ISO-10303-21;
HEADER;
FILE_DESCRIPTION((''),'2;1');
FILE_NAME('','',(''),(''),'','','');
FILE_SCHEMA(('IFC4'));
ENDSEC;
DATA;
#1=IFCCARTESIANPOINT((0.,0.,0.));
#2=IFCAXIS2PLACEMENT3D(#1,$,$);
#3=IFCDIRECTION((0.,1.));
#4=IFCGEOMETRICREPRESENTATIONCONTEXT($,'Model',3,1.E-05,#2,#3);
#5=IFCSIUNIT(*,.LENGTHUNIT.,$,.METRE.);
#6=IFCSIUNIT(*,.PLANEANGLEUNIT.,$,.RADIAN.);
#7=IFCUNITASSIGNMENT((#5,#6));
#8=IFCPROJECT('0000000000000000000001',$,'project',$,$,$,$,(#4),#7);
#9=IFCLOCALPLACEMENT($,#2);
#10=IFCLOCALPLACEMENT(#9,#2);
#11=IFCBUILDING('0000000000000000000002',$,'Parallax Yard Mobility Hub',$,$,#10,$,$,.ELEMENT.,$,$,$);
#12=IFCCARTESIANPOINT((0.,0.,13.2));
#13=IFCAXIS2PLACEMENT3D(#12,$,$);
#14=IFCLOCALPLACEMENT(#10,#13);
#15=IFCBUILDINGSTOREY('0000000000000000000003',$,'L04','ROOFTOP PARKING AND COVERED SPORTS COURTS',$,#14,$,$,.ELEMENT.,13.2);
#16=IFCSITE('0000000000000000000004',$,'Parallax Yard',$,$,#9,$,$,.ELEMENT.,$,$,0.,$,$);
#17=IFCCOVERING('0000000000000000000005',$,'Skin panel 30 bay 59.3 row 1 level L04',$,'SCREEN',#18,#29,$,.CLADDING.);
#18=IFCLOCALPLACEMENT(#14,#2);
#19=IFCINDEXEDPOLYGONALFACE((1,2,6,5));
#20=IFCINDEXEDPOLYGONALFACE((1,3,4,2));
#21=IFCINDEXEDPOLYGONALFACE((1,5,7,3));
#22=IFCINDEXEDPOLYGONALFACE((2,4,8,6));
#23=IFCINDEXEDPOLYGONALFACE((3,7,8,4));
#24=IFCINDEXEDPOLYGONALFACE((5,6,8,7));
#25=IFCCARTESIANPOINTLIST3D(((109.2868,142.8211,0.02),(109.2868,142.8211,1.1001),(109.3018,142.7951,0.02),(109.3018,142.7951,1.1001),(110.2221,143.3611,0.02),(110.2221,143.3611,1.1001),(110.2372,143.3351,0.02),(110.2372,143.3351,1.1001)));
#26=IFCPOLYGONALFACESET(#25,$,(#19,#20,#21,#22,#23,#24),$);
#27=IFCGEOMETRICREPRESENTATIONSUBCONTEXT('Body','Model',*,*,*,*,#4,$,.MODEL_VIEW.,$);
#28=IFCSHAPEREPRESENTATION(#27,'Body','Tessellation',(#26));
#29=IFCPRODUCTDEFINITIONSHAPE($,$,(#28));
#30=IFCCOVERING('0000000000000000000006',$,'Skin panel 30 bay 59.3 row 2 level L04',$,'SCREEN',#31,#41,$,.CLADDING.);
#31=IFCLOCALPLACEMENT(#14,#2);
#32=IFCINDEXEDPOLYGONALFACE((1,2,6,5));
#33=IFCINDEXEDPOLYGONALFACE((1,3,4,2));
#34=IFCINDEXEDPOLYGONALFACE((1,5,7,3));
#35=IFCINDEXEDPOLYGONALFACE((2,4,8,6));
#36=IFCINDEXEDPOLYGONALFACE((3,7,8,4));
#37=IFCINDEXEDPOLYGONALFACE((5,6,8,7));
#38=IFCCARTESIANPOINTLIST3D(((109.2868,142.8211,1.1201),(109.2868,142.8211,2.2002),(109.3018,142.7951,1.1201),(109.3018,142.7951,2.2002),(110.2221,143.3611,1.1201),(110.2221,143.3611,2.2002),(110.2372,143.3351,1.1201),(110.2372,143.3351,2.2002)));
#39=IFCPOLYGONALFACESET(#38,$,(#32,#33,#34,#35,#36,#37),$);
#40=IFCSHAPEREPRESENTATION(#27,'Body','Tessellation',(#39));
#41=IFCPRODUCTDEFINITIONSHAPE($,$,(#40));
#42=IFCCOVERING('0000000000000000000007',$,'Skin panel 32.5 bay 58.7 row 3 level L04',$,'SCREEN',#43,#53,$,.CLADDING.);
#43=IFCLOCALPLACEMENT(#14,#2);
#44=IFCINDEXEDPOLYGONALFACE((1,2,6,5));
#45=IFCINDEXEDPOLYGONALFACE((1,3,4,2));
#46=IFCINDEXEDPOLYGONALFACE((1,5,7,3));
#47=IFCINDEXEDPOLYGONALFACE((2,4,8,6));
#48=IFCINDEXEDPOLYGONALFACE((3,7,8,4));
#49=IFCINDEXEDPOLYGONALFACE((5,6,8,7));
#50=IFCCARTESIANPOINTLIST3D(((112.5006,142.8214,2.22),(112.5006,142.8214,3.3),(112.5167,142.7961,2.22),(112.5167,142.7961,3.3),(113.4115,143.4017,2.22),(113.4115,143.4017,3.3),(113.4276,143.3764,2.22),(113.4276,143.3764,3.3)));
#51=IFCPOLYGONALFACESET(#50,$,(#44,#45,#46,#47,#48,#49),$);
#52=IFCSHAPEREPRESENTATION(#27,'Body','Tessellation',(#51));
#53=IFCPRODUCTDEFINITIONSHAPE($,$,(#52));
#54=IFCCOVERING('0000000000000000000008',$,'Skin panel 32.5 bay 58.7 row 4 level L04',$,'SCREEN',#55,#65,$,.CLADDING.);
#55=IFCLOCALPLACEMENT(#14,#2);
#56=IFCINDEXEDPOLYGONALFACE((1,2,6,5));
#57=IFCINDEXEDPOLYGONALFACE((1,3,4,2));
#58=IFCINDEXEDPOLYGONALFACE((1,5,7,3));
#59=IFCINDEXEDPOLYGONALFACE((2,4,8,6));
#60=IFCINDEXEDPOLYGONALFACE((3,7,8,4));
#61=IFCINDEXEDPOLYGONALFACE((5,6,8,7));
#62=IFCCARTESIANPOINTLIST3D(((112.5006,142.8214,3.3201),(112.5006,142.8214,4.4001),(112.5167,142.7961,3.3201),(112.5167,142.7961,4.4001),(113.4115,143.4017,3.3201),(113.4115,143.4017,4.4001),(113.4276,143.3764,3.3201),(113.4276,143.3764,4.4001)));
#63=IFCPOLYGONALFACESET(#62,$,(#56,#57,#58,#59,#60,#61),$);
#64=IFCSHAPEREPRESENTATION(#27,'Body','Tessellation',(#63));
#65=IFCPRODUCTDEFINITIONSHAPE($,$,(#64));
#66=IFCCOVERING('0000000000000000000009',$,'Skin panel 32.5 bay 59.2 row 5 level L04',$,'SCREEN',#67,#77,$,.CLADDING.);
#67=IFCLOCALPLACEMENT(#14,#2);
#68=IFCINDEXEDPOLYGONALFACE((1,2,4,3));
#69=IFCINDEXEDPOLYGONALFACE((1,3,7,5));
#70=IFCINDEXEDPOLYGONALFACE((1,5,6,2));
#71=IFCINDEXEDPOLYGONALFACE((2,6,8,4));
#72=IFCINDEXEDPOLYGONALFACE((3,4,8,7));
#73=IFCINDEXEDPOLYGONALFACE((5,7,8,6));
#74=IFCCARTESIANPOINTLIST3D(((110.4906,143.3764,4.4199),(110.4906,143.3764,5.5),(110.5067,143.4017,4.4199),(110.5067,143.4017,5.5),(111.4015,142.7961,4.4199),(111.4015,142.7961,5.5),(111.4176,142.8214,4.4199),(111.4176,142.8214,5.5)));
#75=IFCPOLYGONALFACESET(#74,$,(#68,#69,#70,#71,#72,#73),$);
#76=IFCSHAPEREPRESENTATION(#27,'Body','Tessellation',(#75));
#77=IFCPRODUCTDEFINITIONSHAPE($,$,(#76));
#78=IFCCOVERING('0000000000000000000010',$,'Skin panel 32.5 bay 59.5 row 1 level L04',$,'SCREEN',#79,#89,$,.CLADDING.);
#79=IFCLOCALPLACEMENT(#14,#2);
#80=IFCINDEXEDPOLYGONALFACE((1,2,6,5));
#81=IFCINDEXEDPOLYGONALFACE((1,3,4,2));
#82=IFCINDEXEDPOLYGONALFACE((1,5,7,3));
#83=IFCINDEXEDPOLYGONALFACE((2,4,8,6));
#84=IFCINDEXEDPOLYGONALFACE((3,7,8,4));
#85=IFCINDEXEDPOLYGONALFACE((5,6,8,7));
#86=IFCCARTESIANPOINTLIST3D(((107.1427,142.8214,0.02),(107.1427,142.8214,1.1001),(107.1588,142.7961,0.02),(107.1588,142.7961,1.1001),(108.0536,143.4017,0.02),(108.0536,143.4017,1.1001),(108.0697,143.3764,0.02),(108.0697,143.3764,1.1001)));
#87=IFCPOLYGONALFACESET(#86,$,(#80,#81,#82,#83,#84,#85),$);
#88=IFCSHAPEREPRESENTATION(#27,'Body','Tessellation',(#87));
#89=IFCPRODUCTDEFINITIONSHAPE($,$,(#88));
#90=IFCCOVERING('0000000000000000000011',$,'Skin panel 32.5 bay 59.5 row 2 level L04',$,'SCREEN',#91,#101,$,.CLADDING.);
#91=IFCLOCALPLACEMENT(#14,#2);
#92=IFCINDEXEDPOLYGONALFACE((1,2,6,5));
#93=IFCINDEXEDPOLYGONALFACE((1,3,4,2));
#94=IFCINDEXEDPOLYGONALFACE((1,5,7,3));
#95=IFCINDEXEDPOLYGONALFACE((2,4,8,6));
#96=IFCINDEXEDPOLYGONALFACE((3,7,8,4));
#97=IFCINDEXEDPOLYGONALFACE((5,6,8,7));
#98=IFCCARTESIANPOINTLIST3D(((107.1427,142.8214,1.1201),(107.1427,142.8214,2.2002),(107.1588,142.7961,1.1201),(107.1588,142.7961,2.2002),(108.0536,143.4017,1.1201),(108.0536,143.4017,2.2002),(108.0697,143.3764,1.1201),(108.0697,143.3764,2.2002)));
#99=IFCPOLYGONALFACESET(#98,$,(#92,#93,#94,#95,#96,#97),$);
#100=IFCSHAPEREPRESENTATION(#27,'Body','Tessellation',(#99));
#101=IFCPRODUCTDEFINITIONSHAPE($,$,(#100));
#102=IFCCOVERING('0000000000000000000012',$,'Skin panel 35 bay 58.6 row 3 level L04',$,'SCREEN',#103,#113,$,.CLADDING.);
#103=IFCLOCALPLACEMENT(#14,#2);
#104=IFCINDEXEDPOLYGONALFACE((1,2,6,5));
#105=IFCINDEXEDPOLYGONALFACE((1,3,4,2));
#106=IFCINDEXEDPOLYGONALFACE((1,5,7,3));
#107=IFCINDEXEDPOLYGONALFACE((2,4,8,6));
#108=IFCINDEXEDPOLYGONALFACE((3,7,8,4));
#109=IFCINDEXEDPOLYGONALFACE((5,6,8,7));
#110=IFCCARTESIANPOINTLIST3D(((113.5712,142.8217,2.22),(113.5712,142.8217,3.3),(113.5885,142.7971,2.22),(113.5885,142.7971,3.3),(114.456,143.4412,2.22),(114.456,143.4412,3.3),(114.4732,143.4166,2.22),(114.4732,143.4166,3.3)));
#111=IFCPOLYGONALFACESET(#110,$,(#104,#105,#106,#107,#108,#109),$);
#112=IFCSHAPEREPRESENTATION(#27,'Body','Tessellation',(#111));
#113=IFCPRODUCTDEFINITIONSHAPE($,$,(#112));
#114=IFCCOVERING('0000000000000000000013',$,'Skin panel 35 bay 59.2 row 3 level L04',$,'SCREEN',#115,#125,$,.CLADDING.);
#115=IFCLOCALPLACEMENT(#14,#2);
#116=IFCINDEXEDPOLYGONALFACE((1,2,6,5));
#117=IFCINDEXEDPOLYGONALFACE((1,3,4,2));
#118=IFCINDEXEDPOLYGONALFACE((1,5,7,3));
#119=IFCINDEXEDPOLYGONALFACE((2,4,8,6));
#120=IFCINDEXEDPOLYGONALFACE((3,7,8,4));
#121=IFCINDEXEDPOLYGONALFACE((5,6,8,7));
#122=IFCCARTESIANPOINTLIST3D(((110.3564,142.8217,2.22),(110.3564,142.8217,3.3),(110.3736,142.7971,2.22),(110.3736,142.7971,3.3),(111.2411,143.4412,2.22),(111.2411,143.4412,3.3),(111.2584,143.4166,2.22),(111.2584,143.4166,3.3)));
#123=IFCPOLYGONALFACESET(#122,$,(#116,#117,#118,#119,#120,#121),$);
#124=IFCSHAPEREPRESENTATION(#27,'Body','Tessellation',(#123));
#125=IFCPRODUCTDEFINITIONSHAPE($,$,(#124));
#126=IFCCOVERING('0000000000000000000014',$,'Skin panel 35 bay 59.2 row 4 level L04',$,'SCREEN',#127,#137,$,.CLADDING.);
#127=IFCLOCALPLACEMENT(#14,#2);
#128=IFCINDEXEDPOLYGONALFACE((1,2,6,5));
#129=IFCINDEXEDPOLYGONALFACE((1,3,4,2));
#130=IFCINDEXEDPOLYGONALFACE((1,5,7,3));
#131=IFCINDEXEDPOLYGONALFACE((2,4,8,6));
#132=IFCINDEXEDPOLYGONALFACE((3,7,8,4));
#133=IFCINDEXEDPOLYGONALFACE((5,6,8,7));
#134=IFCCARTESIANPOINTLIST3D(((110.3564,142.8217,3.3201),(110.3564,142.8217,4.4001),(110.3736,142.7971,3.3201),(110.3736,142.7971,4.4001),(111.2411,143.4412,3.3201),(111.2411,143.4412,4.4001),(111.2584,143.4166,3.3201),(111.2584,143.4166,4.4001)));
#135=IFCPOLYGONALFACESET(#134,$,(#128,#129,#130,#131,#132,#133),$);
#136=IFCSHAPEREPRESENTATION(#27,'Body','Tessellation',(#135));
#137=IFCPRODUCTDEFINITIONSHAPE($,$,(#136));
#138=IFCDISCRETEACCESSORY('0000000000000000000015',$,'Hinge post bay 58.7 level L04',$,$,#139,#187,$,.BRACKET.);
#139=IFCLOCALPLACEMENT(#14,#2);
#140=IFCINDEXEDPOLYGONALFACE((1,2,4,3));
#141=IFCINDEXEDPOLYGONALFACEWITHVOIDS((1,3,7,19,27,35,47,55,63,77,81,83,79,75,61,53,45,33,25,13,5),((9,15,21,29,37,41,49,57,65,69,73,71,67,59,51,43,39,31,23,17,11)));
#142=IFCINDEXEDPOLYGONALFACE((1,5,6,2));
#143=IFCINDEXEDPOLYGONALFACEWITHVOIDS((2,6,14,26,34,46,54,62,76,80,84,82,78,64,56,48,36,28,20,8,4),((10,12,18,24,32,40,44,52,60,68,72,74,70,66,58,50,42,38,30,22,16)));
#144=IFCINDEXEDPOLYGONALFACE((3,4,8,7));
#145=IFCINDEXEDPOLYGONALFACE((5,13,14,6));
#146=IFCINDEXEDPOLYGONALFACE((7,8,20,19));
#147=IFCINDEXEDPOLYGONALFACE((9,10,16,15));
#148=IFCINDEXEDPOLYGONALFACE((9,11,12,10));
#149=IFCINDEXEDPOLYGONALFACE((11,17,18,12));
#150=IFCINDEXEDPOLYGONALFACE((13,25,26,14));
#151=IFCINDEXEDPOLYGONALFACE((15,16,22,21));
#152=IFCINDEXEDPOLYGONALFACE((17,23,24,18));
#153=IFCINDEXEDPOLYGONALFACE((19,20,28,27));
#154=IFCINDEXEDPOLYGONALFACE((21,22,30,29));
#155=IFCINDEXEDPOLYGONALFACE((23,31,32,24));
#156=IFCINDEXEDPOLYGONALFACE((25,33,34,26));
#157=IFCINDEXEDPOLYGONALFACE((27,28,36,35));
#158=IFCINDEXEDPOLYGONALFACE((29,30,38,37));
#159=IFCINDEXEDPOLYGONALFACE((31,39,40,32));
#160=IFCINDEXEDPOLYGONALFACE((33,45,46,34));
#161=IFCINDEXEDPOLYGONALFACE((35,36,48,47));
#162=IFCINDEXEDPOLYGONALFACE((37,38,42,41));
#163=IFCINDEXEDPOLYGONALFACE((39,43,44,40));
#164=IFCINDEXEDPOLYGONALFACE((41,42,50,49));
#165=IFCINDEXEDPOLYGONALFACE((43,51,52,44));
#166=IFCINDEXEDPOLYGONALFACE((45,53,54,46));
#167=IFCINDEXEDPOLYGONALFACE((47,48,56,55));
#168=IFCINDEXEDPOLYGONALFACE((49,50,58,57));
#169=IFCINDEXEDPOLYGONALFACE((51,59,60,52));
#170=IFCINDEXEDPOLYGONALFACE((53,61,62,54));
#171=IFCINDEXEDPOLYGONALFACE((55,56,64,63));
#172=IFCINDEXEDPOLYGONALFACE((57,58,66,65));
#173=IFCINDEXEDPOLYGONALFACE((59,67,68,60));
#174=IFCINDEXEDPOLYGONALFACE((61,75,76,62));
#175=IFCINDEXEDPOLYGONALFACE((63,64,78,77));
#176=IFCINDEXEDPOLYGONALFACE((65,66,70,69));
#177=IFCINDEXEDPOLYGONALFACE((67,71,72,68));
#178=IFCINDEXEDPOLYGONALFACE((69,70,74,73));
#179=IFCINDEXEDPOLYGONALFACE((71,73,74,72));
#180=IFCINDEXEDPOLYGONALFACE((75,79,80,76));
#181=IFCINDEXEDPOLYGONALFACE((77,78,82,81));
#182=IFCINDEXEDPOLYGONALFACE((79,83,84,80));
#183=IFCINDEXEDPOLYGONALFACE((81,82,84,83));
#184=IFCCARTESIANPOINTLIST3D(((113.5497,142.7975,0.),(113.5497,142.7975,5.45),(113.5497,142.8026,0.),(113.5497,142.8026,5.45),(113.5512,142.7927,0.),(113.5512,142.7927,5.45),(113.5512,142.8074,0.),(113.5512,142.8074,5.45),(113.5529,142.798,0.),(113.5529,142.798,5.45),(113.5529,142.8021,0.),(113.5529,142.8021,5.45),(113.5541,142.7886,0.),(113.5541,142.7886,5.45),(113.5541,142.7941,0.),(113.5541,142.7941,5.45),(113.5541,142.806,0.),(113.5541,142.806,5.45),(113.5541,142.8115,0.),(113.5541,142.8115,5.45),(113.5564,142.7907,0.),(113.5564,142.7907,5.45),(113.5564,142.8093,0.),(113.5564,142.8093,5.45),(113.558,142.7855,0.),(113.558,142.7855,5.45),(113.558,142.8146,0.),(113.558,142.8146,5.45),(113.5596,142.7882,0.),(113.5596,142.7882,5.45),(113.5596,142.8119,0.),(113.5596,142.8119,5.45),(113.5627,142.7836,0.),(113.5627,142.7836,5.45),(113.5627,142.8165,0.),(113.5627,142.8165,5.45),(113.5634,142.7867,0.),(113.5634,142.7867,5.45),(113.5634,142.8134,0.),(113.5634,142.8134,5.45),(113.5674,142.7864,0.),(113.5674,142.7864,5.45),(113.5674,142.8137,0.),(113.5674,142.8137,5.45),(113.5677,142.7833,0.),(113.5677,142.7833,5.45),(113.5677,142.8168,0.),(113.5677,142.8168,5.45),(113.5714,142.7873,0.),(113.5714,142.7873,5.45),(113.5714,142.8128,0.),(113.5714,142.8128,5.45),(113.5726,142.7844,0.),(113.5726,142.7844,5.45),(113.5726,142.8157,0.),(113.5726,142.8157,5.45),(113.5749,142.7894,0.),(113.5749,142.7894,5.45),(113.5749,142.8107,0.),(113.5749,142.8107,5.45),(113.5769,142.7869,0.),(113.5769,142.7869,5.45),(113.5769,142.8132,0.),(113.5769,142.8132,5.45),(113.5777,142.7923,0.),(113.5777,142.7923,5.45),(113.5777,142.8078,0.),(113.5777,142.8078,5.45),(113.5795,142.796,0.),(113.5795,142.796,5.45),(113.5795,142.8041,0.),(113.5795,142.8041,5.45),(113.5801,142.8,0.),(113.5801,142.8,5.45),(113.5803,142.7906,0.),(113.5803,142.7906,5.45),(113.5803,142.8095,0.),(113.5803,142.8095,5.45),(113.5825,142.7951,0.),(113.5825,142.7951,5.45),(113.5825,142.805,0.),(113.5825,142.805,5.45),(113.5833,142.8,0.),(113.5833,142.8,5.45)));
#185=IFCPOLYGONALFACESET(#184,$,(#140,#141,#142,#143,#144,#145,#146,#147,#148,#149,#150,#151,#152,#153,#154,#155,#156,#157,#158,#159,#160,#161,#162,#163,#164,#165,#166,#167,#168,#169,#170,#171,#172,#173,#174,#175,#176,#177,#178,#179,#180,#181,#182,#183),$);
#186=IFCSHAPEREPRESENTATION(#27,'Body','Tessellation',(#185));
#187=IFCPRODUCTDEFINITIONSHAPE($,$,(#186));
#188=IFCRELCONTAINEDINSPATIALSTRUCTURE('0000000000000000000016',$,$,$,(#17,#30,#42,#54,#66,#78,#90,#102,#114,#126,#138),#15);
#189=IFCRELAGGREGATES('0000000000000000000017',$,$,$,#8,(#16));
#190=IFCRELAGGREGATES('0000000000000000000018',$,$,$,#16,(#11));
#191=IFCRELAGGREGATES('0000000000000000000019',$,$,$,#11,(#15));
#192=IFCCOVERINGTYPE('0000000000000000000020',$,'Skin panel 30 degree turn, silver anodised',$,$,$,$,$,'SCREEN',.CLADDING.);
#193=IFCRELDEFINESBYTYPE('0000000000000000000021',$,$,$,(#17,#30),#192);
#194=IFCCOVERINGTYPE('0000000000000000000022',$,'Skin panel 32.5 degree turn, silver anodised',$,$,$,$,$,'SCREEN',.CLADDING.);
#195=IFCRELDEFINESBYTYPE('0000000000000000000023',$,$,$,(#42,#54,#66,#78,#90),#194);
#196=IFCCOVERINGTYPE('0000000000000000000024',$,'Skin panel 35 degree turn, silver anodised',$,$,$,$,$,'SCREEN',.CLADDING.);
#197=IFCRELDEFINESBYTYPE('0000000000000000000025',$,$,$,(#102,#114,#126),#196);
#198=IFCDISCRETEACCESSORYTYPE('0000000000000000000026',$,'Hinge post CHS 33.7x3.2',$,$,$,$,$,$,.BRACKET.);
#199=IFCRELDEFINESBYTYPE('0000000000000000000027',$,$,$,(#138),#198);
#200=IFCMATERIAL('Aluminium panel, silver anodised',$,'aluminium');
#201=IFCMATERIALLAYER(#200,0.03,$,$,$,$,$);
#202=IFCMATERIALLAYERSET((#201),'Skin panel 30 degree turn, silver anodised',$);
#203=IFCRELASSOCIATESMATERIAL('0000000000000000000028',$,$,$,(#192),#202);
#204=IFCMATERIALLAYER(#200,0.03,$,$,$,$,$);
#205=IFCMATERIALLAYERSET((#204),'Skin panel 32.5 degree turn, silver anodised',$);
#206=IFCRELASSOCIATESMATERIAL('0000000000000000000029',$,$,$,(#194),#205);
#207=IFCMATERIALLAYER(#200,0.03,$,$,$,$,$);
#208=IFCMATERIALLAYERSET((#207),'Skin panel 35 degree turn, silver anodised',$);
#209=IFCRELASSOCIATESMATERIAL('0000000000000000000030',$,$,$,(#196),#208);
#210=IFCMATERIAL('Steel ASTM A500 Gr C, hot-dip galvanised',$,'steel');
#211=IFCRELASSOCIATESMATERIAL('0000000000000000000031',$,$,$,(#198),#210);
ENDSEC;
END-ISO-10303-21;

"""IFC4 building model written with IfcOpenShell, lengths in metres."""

from ifc_helpers import new_model, si_unit, direction, frame, origin, origin_2d, place, context, subcontext, project, spatial, rectangle, hollow_circle, extrude, material, layer, layer_set, material_profile, profile_set, type_object, element, save


model = new_model("IFC4")

# Units and contexts
model_context = context("Model", 3, precision=1e-05, world=origin(), true_north=direction((0.0, 1.0)))
body_context = subcontext(model_context, "Body", "Model", "MODEL_VIEW")
ifc_project = project(units=[si_unit("LENGTHUNIT", "METRE"), si_unit("PLANEANGLEUNIT", "RADIAN")], contexts=[model_context])

# Site, building, storey
site_placement = place(None, origin())
site = spatial("IfcSite", under=ifc_project, at=site_placement, Name="Parallax Yard", CompositionType="ELEMENT", RefElevation=0.0)
building_placement = place(site_placement, origin())
building = spatial("IfcBuilding", under=site, at=building_placement, Name="Parallax Yard Mobility Hub", CompositionType="ELEMENT")
storey_placement = place(building_placement, frame((0.0, 0.0, 13.2)))
storey = spatial("IfcBuildingStorey", under=building, at=storey_placement, Name="L04", Description="ROOFTOP PARKING AND COVERED SPORTS COURTS", CompositionType="ELEMENT", Elevation=13.2)

# Coverings
ifc_material_1 = material(Name="Aluminium panel, silver anodised", Category="aluminium")
ifc_layer_1 = layer(ifc_material_1, 0.03)
ifc_layer_set_1 = layer_set([ifc_layer_1], Name="Skin panel 30 degree turn, silver anodised")
covering_type_1 = type_object("IfcCoveringType", Name="Skin panel 30 degree turn, silver anodised", ElementType="SCREEN", PredefinedType="CLADDING", material=ifc_layer_set_1)
for number, where, z_axis, x_axis, name in (
    (1, (109.762, 143.0781, 0.02), (0.0, 0.0, 1.0), (0.866025, 0.5, 0.0), "Skin panel 30 bay 59.3 row 1 level L04"),
    (2, (109.762, 143.0781, 1.1201), (0.0, 0.0, 1.0), (0.866025, 0.5, 0.0), "Skin panel 30 bay 59.3 row 2 level L04"),
):
    element("IfcCovering", number, at=place(storey_placement, frame(where, z_axis=z_axis, x_axis=x_axis)), inside=storey, type_object=covering_type_1, Name=name, ObjectType="SCREEN", PredefinedType="CLADDING", context=body_context, shape_type="SweptSolid", body=[
        extrude(rectangle(XDim=1.0801, YDim=0.03, at=origin_2d()), origin(), (0.0, 0.0, 1.0), 1.0801),
    ])
ifc_layer_2 = layer(ifc_material_1, 0.03)
ifc_layer_set_2 = layer_set([ifc_layer_2], Name="Skin panel 32.5 degree turn, silver anodised")
covering_type_2 = type_object("IfcCoveringType", Name="Skin panel 32.5 degree turn, silver anodised", ElementType="SCREEN", PredefinedType="CLADDING", material=ifc_layer_set_2)
for number, where, z_axis, x_axis, name in (
    (3, (112.9641, 143.0989, 2.22), (0.0, 0.0, 1.0), (0.843391, 0.5373, 0.0), "Skin panel 32.5 bay 58.7 row 3 level L04"),
    (4, (112.9641, 143.0989, 3.3201), (0.0, 0.0, 1.0), (0.843391, 0.5373, 0.0), "Skin panel 32.5 bay 58.7 row 4 level L04"),
    (5, (110.9541, 143.0989, 4.4199), (0.0, 0.0, 1.0), (-0.843391, 0.5373, 0.0), "Skin panel 32.5 bay 59.2 row 5 level L04"),
    (6, (107.6062, 143.0989, 0.02), (0.0, 0.0, 1.0), (0.843391, 0.5373, 0.0), "Skin panel 32.5 bay 59.5 row 1 level L04"),
    (7, (107.6062, 143.0989, 1.1201), (0.0, 0.0, 1.0), (0.843391, 0.5373, 0.0), "Skin panel 32.5 bay 59.5 row 2 level L04"),
):
    element("IfcCovering", number, at=place(storey_placement, frame(where, z_axis=z_axis, x_axis=x_axis)), inside=storey, type_object=covering_type_2, Name=name, ObjectType="SCREEN", PredefinedType="CLADDING", context=body_context, shape_type="SweptSolid", body=[
        extrude(rectangle(XDim=1.0801, YDim=0.03, at=origin_2d()), origin(), (0.0, 0.0, 1.0), 1.0801),
    ])
ifc_layer_3 = layer(ifc_material_1, 0.03)
ifc_layer_set_3 = layer_set([ifc_layer_3], Name="Skin panel 35 degree turn, silver anodised")
covering_type_3 = type_object("IfcCoveringType", Name="Skin panel 35 degree turn, silver anodised", ElementType="SCREEN", PredefinedType="CLADDING", material=ifc_layer_set_3)
for number, where, z_axis, x_axis, name in (
    (8, (114.0222, 143.1191, 2.22), (0.0, 0.0, 1.0), (0.819152, 0.573576, 0.0), "Skin panel 35 bay 58.6 row 3 level L04"),
    (9, (110.8074, 143.1191, 2.22), (0.0, 0.0, 1.0), (0.819152, 0.573576, 0.0), "Skin panel 35 bay 59.2 row 3 level L04"),
    (10, (110.8074, 143.1191, 3.3201), (0.0, 0.0, 1.0), (0.819152, 0.573576, 0.0), "Skin panel 35 bay 59.2 row 4 level L04"),
):
    element("IfcCovering", number, at=place(storey_placement, frame(where, z_axis=z_axis, x_axis=x_axis)), inside=storey, type_object=covering_type_3, Name=name, ObjectType="SCREEN", PredefinedType="CLADDING", context=body_context, shape_type="SweptSolid", body=[
        extrude(rectangle(XDim=1.0801, YDim=0.03, at=origin_2d()), origin(), (0.0, 0.0, 1.0), 1.0801),
    ])

# Discrete accessory
ifc_material_2 = material(Name="Steel ASTM A500 Gr C, hot-dip galvanised", Category="steel")
ifc_material_profile = material_profile(ifc_material_2, hollow_circle(Radius=0.0168, WallThickness=0.0032, at=origin_2d()), Name="CHS 33.7x3.2")
ifc_profile_set = profile_set([ifc_material_profile], Name="Steel ASTM A500 Gr C, hot-dip galvanised")
discrete_accessory_type = type_object("IfcDiscreteAccessoryType", Name="Hinge post CHS 33.7x3.2", PredefinedType="BRACKET", material=ifc_profile_set)
for number, where, z_axis, x_axis, name in (
    (11, (113.5664, 142.8, 0.0), (0.0, 0.0, 1.0), (1.0, 0.0, 0.0), "Hinge post bay 58.7 level L04"),
):
    element("IfcDiscreteAccessory", number, at=place(storey_placement, frame(where, z_axis=z_axis, x_axis=x_axis)), inside=storey, type_object=discrete_accessory_type, Name=name, PredefinedType="BRACKET", context=body_context, shape_type="SweptSolid", body=[
        extrude(hollow_circle(Radius=0.0168, WallThickness=0.0032, at=origin_2d()), origin(), (0.0, 0.0, 1.0), 5.45),
    ])

save(model, "model.ifc")
